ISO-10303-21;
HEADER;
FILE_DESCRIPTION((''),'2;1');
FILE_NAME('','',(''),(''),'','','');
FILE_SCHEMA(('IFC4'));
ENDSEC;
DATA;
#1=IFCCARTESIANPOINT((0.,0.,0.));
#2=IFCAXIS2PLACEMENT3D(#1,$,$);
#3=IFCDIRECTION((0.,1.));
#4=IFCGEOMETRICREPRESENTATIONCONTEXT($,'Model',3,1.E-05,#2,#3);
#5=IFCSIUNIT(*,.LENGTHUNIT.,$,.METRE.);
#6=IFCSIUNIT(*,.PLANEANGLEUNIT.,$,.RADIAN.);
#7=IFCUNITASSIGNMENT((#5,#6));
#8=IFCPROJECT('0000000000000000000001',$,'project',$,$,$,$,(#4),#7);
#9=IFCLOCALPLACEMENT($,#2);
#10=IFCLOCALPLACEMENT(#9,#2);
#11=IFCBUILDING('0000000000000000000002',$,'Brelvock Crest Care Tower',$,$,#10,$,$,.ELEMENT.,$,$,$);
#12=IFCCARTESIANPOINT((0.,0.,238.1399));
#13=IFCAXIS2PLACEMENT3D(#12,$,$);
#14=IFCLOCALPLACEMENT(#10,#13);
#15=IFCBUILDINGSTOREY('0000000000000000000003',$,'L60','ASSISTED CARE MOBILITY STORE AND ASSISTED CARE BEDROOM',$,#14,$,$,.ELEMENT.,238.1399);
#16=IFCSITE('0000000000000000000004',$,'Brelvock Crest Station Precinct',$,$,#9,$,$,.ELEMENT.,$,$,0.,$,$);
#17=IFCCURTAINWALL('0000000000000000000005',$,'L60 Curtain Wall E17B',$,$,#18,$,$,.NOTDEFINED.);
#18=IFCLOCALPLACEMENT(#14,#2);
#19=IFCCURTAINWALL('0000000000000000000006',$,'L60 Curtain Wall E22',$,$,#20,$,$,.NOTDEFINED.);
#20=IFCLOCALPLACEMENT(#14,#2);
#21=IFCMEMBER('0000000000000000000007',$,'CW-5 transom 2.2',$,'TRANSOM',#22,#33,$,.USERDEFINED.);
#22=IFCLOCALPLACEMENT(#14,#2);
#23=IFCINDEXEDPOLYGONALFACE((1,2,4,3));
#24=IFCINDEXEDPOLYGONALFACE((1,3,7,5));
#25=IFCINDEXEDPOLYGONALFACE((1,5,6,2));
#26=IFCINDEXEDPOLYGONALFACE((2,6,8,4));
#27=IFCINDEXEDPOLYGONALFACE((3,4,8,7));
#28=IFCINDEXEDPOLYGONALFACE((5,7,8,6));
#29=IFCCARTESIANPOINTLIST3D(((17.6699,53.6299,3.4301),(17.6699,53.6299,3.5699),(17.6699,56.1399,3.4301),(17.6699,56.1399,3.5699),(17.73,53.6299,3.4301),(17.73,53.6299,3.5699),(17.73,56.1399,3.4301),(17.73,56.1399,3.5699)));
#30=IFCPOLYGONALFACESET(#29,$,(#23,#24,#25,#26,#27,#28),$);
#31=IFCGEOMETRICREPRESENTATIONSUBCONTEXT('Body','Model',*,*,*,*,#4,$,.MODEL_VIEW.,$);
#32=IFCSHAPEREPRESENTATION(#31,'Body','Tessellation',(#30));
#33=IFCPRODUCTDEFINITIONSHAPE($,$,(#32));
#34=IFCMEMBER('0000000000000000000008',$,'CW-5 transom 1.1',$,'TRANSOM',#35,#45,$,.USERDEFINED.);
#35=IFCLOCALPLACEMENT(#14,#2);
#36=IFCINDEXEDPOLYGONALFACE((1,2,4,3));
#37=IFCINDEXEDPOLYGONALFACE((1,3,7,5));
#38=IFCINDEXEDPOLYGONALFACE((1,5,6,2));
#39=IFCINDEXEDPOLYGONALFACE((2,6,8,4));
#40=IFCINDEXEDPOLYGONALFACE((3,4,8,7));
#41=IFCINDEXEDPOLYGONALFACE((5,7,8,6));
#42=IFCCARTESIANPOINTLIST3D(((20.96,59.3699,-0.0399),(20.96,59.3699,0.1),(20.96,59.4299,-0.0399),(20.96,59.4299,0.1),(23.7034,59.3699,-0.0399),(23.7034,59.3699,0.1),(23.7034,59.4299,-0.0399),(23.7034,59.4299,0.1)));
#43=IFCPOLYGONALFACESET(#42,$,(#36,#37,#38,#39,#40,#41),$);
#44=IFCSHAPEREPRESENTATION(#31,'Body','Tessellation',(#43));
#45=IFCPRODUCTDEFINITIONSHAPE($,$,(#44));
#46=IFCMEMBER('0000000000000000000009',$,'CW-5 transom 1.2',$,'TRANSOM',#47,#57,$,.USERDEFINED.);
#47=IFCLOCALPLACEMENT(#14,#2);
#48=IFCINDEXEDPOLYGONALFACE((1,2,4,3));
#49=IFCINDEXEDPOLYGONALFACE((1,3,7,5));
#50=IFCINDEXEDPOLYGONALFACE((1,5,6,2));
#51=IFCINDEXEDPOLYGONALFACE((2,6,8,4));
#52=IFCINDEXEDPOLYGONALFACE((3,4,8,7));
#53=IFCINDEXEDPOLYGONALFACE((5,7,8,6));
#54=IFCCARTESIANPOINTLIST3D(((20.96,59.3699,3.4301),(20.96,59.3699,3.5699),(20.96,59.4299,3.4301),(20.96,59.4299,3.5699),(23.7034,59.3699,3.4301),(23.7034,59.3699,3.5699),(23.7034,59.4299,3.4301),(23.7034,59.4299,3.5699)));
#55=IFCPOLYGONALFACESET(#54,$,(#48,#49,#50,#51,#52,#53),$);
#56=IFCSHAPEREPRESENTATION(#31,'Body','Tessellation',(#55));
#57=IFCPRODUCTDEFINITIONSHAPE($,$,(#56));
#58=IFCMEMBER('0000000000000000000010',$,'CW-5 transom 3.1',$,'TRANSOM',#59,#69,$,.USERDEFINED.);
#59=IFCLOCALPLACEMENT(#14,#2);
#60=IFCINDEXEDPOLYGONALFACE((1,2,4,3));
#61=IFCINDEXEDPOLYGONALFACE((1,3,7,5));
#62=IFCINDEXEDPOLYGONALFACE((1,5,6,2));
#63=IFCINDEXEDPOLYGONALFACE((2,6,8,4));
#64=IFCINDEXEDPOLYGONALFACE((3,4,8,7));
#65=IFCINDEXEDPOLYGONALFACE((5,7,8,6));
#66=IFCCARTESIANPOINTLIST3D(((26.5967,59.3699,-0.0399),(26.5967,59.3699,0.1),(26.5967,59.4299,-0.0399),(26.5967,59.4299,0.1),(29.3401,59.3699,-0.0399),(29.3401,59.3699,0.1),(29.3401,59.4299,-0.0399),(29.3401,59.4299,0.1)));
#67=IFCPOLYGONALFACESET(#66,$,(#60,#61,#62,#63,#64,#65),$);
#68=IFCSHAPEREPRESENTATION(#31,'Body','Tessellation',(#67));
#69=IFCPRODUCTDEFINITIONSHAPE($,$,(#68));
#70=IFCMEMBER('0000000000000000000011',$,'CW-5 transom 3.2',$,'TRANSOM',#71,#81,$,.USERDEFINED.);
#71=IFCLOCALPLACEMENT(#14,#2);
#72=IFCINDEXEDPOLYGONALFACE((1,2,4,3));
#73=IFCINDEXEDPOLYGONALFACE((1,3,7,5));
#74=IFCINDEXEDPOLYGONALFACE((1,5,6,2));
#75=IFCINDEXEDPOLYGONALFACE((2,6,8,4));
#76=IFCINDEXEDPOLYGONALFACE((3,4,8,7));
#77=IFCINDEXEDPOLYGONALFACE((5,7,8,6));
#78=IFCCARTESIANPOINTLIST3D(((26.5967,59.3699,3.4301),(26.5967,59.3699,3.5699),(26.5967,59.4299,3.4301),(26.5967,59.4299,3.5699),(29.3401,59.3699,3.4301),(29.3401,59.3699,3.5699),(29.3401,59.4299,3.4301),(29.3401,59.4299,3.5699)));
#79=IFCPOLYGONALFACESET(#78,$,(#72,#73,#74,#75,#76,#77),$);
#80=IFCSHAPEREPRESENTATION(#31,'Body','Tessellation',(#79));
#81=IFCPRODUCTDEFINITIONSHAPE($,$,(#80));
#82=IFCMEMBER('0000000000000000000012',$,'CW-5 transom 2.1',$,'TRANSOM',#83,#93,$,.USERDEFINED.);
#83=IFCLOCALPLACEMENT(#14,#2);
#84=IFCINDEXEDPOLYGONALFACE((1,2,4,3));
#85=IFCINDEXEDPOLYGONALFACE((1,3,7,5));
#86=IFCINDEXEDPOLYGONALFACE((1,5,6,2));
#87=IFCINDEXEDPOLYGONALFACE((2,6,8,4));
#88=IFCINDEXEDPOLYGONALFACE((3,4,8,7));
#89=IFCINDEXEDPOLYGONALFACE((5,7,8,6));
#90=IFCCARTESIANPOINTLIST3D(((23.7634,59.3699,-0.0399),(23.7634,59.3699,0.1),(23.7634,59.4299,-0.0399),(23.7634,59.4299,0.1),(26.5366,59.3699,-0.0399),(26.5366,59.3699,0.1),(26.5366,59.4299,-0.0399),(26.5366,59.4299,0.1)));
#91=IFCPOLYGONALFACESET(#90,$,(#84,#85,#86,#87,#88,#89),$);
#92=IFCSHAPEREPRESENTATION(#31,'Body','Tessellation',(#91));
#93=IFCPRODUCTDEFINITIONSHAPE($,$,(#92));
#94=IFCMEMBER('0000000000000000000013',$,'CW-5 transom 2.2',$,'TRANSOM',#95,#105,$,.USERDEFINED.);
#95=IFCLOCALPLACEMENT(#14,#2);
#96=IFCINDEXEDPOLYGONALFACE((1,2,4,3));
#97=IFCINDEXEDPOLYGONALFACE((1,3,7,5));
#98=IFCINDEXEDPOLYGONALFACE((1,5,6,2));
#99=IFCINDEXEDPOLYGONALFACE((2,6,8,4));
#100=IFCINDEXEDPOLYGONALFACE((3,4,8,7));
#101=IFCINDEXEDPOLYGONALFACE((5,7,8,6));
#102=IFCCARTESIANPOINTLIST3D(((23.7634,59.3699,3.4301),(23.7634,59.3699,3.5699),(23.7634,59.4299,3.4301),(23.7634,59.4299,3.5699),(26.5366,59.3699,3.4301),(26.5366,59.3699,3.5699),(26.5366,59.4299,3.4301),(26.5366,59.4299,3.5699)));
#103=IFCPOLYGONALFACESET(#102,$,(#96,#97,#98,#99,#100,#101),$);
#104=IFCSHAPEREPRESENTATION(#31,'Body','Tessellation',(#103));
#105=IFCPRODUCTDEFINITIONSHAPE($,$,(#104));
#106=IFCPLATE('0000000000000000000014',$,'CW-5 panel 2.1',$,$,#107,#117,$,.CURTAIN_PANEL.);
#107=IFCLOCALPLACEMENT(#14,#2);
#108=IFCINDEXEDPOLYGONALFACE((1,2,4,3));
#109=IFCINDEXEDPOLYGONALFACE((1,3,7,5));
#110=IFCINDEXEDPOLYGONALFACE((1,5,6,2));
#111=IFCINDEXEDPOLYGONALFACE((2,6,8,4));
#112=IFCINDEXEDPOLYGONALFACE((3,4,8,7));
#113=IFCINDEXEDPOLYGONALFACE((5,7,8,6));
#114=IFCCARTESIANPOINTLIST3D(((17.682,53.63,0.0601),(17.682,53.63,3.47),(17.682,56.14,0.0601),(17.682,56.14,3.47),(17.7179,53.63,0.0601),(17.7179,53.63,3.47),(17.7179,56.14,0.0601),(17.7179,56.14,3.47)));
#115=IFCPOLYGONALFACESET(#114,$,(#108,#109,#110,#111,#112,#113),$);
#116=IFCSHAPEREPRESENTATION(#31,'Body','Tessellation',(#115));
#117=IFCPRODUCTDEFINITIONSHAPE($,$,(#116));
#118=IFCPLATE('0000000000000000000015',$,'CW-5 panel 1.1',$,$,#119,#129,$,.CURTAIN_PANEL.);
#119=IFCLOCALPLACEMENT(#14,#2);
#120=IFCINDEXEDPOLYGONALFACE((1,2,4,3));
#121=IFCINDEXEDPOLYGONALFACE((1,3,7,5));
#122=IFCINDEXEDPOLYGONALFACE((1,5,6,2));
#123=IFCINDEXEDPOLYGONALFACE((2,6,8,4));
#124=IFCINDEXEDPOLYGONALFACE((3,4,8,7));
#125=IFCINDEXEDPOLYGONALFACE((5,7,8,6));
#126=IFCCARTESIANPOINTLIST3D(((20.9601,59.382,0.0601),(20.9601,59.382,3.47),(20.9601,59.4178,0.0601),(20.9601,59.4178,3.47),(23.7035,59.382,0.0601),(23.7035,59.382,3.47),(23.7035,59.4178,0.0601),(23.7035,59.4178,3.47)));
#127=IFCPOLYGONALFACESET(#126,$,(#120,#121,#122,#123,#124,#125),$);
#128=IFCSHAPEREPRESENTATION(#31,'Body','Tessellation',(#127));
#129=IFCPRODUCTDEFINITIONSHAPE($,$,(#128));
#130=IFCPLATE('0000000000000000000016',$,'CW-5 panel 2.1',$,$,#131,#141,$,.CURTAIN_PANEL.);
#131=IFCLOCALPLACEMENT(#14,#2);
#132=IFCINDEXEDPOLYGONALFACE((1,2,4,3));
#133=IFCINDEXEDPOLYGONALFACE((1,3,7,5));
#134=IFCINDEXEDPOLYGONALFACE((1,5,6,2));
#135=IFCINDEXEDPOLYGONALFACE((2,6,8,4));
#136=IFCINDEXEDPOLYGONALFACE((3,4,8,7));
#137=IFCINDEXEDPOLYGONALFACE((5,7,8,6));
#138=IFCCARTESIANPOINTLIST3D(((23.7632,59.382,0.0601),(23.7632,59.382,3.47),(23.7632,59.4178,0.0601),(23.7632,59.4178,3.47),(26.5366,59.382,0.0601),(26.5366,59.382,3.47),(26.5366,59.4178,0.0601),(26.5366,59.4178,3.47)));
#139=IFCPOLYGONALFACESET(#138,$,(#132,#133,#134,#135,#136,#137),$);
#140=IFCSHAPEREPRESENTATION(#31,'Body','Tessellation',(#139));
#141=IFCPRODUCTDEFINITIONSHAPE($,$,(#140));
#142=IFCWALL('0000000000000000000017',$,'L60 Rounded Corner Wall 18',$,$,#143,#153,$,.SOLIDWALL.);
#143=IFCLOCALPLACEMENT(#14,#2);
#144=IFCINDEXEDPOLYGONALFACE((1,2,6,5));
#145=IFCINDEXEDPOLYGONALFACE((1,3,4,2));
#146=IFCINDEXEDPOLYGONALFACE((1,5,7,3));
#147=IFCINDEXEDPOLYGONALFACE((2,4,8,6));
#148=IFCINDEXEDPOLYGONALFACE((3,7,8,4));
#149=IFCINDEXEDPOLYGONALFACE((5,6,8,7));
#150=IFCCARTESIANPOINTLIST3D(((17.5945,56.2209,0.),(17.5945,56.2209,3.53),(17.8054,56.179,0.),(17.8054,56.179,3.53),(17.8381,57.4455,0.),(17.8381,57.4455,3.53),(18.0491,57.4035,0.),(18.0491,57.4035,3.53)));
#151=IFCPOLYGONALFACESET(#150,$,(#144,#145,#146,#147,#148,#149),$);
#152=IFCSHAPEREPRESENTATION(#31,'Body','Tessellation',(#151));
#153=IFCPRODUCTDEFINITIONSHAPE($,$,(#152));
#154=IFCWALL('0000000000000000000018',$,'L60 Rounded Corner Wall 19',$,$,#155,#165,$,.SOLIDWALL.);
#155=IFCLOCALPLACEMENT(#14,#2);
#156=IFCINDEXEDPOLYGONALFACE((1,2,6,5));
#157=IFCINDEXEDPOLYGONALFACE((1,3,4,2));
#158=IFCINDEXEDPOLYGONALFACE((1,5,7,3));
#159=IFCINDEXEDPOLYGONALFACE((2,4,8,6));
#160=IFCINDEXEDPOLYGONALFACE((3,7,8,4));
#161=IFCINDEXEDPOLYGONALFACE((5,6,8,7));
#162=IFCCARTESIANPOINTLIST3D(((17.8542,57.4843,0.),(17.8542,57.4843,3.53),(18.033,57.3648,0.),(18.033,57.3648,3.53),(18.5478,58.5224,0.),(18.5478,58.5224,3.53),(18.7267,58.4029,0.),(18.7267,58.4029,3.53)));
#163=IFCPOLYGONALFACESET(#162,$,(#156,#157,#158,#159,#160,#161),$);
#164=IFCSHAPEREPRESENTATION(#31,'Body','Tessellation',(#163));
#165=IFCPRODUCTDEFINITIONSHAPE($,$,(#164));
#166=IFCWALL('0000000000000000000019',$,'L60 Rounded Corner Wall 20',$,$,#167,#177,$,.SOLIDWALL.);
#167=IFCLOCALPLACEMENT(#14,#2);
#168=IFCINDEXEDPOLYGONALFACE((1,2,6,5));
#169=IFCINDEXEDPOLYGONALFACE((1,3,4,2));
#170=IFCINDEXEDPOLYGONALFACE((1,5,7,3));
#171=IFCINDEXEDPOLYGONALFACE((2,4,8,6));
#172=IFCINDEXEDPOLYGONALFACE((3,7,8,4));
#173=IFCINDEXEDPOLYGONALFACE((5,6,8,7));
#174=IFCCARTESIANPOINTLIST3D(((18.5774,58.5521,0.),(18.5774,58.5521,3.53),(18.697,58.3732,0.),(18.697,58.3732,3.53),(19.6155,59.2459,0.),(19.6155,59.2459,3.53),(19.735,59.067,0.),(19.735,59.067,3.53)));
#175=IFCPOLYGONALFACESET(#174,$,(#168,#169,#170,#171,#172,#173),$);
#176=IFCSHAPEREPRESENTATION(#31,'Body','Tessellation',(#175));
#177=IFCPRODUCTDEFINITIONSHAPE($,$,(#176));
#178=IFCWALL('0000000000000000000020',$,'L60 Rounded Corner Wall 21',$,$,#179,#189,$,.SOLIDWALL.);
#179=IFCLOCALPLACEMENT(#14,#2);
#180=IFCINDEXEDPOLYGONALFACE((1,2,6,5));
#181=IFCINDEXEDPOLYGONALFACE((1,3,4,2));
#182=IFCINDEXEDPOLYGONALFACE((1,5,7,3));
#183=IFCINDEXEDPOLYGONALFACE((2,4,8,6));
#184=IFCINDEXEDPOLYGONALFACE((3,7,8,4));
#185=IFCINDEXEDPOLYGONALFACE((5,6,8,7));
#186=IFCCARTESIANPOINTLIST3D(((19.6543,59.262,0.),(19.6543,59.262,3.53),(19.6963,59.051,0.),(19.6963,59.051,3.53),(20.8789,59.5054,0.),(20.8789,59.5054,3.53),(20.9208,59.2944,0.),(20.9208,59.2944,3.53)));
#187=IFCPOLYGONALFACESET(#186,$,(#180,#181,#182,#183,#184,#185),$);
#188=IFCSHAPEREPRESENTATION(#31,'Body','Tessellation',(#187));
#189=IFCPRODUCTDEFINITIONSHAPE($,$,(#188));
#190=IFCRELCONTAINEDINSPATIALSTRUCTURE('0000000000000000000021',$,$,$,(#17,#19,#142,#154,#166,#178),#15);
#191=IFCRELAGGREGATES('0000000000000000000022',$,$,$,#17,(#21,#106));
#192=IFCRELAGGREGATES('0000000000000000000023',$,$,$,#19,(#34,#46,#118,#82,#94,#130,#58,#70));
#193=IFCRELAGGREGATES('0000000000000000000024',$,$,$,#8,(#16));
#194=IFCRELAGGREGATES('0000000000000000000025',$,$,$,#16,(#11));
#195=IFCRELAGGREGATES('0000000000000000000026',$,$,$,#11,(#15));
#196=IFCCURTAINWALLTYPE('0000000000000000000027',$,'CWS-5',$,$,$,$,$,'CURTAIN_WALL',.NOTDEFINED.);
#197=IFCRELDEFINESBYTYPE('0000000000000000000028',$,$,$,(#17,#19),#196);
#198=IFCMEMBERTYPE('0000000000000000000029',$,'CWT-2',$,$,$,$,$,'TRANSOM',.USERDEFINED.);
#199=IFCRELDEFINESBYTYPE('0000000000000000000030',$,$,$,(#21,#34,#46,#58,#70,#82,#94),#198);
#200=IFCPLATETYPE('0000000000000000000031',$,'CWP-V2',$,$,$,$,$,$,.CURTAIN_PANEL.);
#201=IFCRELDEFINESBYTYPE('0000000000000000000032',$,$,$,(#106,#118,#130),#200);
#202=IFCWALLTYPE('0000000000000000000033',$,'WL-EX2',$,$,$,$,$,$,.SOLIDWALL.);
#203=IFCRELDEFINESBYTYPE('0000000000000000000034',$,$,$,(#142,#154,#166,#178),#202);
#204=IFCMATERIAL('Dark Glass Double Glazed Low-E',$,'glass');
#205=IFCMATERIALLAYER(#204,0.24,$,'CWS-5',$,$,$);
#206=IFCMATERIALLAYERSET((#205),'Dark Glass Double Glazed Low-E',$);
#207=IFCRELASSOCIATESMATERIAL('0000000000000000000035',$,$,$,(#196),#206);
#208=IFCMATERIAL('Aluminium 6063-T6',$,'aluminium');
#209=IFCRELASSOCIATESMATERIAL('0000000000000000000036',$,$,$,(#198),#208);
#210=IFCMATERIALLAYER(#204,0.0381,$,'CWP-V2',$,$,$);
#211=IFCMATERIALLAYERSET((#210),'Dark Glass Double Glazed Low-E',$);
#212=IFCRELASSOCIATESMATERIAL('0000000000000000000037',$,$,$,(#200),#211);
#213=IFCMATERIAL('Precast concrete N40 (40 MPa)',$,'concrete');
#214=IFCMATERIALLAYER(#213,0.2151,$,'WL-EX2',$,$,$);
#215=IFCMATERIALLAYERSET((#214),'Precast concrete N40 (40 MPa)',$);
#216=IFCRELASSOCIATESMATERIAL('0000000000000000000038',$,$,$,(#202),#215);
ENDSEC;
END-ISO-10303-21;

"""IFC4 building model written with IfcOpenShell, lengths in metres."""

from ifc_helpers import new_model, si_unit, direction, frame, frame_2d, origin, origin_2d, place, context, subcontext, project, spatial, rectangle, extrude, source, transform, mapped, material, layer, layer_set, material_profile, profile_set, type_object, element, aggregate, save


model = new_model("IFC4")

# Units and contexts
model_context = context("Model", 3, precision=1e-05, world=origin(), true_north=direction((0.0, 1.0)))
body_context = subcontext(model_context, "Body", "Model", "MODEL_VIEW")
ifc_project = project(units=[si_unit("LENGTHUNIT", "METRE"), si_unit("PLANEANGLEUNIT", "RADIAN")], contexts=[model_context])

# Site, building, storey
site_placement = place(None, origin())
site = spatial("IfcSite", under=ifc_project, at=site_placement, Name="Brelvock Crest Station Precinct", CompositionType="ELEMENT", RefElevation=0.0)
building_placement = place(site_placement, origin())
building = spatial("IfcBuilding", under=site, at=building_placement, Name="Brelvock Crest Care Tower", CompositionType="ELEMENT")
storey_placement = place(building_placement, frame((0.0, 0.0, 238.1399)))
storey = spatial("IfcBuildingStorey", under=building, at=storey_placement, Name="L60", Description="ASSISTED CARE MOBILITY STORE AND ASSISTED CARE BEDROOM", CompositionType="ELEMENT", Elevation=238.1399)

# Curtain walls
ifc_material_1 = material(Name="Dark Glass Double Glazed Low-E", Category="glass")
ifc_layer_1 = layer(ifc_material_1, 0.24, Name="CWS-5")
ifc_layer_set_1 = layer_set([ifc_layer_1], Name="Dark Glass Double Glazed Low-E")
curtain_wall_type = type_object("IfcCurtainWallType", Name="CWS-5", ElementType="CURTAIN_WALL", PredefinedType="NOTDEFINED", material=ifc_layer_set_1)
curtain_wall_1_placement = place(storey_placement, origin())
curtain_wall_1 = element("IfcCurtainWall", 1, at=curtain_wall_1_placement, inside=storey, type_object=curtain_wall_type, Name="L60 Curtain Wall E17B", PredefinedType="NOTDEFINED")
ifc_material_2 = material(Name="Aluminium 6063-T6", Category="aluminium")
curtain_wall_2_placement = place(storey_placement, origin())
curtain_wall_2 = element("IfcCurtainWall", 2, at=curtain_wall_2_placement, inside=storey, type_object=curtain_wall_type, Name="L60 Curtain Wall E22", PredefinedType="NOTDEFINED")

# Members
ifc_material_profile_1 = material_profile(ifc_material_2, rectangle(XDim=0.0601, YDim=0.1399, at=origin_2d()), Name="ALU60x140")
ifc_profile_set_1 = profile_set([ifc_material_profile_1], Name="Aluminium 6063-T6")
member_type_1 = type_object("IfcMemberType", Name="CWT-2", ElementType="TRANSOM", PredefinedType="USERDEFINED", material=ifc_profile_set_1)
shared_shape_1 = source(origin(), body_context, "Body", "SweptSolid", [
    extrude(rectangle(XDim=0.0601, YDim=0.1399, at=origin_2d()), origin(), (0.0, 0.0, 1.0), 2.51),
])
member_1_placement = place(storey_placement, frame((17.7, 53.6299, 3.5), z_axis=(0.0, 1.0, 0.0), x_axis=(-1.0, 0.0, 0.0)))
member_1 = element("IfcMember", 3, at=member_1_placement, type_object=member_type_1, Name="CW-5 transom 2.2", ObjectType="TRANSOM", PredefinedType="USERDEFINED", context=body_context, shape_type="MappedRepresentation", body=[
    mapped(shared_shape_1, transform((0.0, 0.0, 0.0), x_axis=(1.0, 0.0, 0.0), y_axis=(0.0, 1.0, 0.0), z_axis=(0.0, 0.0, 1.0), scale=1.0)),
])
shared_shape_2 = source(origin(), body_context, "Body", "SweptSolid", [
    extrude(rectangle(XDim=0.0601, YDim=0.1399, at=origin_2d()), origin(), (0.0, 0.0, 1.0), 2.7434),
])
member_2_placement = place(storey_placement, frame((20.96, 59.3999, 0.03), z_axis=(1.0, 0.0, 0.0), x_axis=(0.0, 1.0, 0.0)))
member_2 = element("IfcMember", 4, at=member_2_placement, type_object=member_type_1, Name="CW-5 transom 1.1", ObjectType="TRANSOM", PredefinedType="USERDEFINED", context=body_context, shape_type="MappedRepresentation", body=[
    mapped(shared_shape_2, transform((0.0, 0.0, 0.0), x_axis=(1.0, 0.0, 0.0), y_axis=(0.0, 1.0, 0.0), z_axis=(0.0, 0.0, 1.0), scale=1.0)),
])
member_3_placement = place(storey_placement, frame((20.96, 59.3999, 3.5), z_axis=(1.0, 0.0, 0.0), x_axis=(0.0, 1.0, 0.0)))
member_3 = element("IfcMember", 5, at=member_3_placement, type_object=member_type_1, Name="CW-5 transom 1.2", ObjectType="TRANSOM", PredefinedType="USERDEFINED", context=body_context, shape_type="MappedRepresentation", body=[
    mapped(shared_shape_2, transform((0.0, 0.0, 0.0), x_axis=(1.0, 0.0, 0.0), y_axis=(0.0, 1.0, 0.0), z_axis=(0.0, 0.0, 1.0), scale=1.0)),
])
member_4_placement = place(storey_placement, frame((26.5967, 59.3999, 0.03), z_axis=(1.0, 0.0, 0.0), x_axis=(0.0, 1.0, 0.0)))
member_4 = element("IfcMember", 6, at=member_4_placement, type_object=member_type_1, Name="CW-5 transom 3.1", ObjectType="TRANSOM", PredefinedType="USERDEFINED", context=body_context, shape_type="MappedRepresentation", body=[
    mapped(shared_shape_2, transform((0.0, 0.0, 0.0), x_axis=(1.0, 0.0, 0.0), y_axis=(0.0, 1.0, 0.0), z_axis=(0.0, 0.0, 1.0), scale=1.0)),
])
member_5_placement = place(storey_placement, frame((26.5967, 59.3999, 3.5), z_axis=(1.0, 0.0, 0.0), x_axis=(0.0, 1.0, 0.0)))
member_5 = element("IfcMember", 7, at=member_5_placement, type_object=member_type_1, Name="CW-5 transom 3.2", ObjectType="TRANSOM", PredefinedType="USERDEFINED", context=body_context, shape_type="MappedRepresentation", body=[
    mapped(shared_shape_2, transform((0.0, 0.0, 0.0), x_axis=(1.0, 0.0, 0.0), y_axis=(0.0, 1.0, 0.0), z_axis=(0.0, 0.0, 1.0), scale=1.0)),
])
shared_shape_3 = source(origin(), body_context, "Body", "SweptSolid", [
    extrude(rectangle(XDim=0.0601, YDim=0.1399, at=origin_2d()), origin(), (0.0, 0.0, 1.0), 2.7732),
])
member_6_placement = place(storey_placement, frame((23.7634, 59.3999, 0.03), z_axis=(1.0, 0.0, 0.0), x_axis=(0.0, 1.0, 0.0)))
member_6 = element("IfcMember", 8, at=member_6_placement, type_object=member_type_1, Name="CW-5 transom 2.1", ObjectType="TRANSOM", PredefinedType="USERDEFINED", context=body_context, shape_type="MappedRepresentation", body=[
    mapped(shared_shape_3, transform((0.0, 0.0, 0.0), x_axis=(1.0, 0.0, 0.0), y_axis=(0.0, 1.0, 0.0), z_axis=(0.0, 0.0, 1.0), scale=1.0)),
])
member_7_placement = place(storey_placement, frame((23.7634, 59.3999, 3.5), z_axis=(1.0, 0.0, 0.0), x_axis=(0.0, 1.0, 0.0)))
member_7 = element("IfcMember", 9, at=member_7_placement, type_object=member_type_1, Name="CW-5 transom 2.2", ObjectType="TRANSOM", PredefinedType="USERDEFINED", context=body_context, shape_type="MappedRepresentation", body=[
    mapped(shared_shape_3, transform((0.0, 0.0, 0.0), x_axis=(1.0, 0.0, 0.0), y_axis=(0.0, 1.0, 0.0), z_axis=(0.0, 0.0, 1.0), scale=1.0)),
])

# Plates
ifc_layer_2 = layer(ifc_material_1, 0.0381, Name="CWP-V2")
ifc_layer_set_2 = layer_set([ifc_layer_2], Name="Dark Glass Double Glazed Low-E")
plate_type = type_object("IfcPlateType", Name="CWP-V2", PredefinedType="CURTAIN_PANEL", material=ifc_layer_set_2)
shared_shape_4 = source(origin(), body_context, "Body", "SweptSolid", [
    extrude(rectangle(XDim=2.51, YDim=0.0359, at=origin_2d()), origin(), (0.0, 0.0, 1.0), 3.4099),
])
plate_1_placement = place(storey_placement, frame((17.7, 54.885, 0.0601), z_axis=(0.0, 0.0, 1.0), x_axis=(0.0, 1.0, 0.0)))
plate_1 = element("IfcPlate", 10, at=plate_1_placement, type_object=plate_type, Name="CW-5 panel 2.1", PredefinedType="CURTAIN_PANEL", context=body_context, shape_type="MappedRepresentation", body=[
    mapped(shared_shape_4, transform((0.0, 0.0, 0.0), x_axis=(1.0, 0.0, 0.0), y_axis=(0.0, 1.0, 0.0), z_axis=(0.0, 0.0, 1.0), scale=1.0)),
])
aggregate(curtain_wall_1, [member_1, plate_1])
shared_shape_5 = source(origin(), body_context, "Body", "SweptSolid", [
    extrude(rectangle(XDim=2.7434, YDim=0.0359, at=origin_2d()), origin(), (0.0, 0.0, 1.0), 3.4099),
])
plate_2_placement = place(storey_placement, frame((22.3318, 59.3999, 0.0601), z_axis=(0.0, 0.0, 1.0), x_axis=(1.0, 0.0, 0.0)))
plate_2 = element("IfcPlate", 11, at=plate_2_placement, type_object=plate_type, Name="CW-5 panel 1.1", PredefinedType="CURTAIN_PANEL", context=body_context, shape_type="MappedRepresentation", body=[
    mapped(shared_shape_5, transform((0.0, 0.0, 0.0), x_axis=(1.0, 0.0, 0.0), y_axis=(0.0, 1.0, 0.0), z_axis=(0.0, 0.0, 1.0), scale=1.0)),
])
shared_shape_6 = source(origin(), body_context, "Body", "SweptSolid", [
    extrude(rectangle(XDim=2.7734, YDim=0.0359, at=origin_2d()), origin(), (0.0, 0.0, 1.0), 3.4099),
])
plate_3_placement = place(storey_placement, frame((25.1499, 59.3999, 0.0601), z_axis=(0.0, 0.0, 1.0), x_axis=(1.0, 0.0, 0.0)))
plate_3 = element("IfcPlate", 12, at=plate_3_placement, type_object=plate_type, Name="CW-5 panel 2.1", PredefinedType="CURTAIN_PANEL", context=body_context, shape_type="MappedRepresentation", body=[
    mapped(shared_shape_6, transform((0.0, 0.0, 0.0), x_axis=(1.0, 0.0, 0.0), y_axis=(0.0, 1.0, 0.0), z_axis=(0.0, 0.0, 1.0), scale=1.0)),
])
aggregate(curtain_wall_2, [member_2, member_3, plate_2, member_6, member_7, plate_3, member_4, member_5])

# Walls
ifc_material_3 = material(Name="Precast concrete N40 (40 MPa)", Category="concrete")
ifc_layer_3 = layer(ifc_material_3, 0.2151, Name="WL-EX2")
ifc_layer_set_3 = layer_set([ifc_layer_3], Name="Precast concrete N40 (40 MPa)")
wall_type_1 = type_object("IfcWallType", Name="WL-EX2", PredefinedType="SOLIDWALL", material=ifc_layer_set_3)
for number, where, z_axis, x_axis, name in (
    (13, (17.7, 56.2, 0.0), (0.0, 0.0, 1.0), (0.195138, 0.980776, 0.0), "L60 Rounded Corner Wall 18"),
    (14, (17.9436, 57.4246, 0.0), (0.0, 0.0, 1.0), (0.555557, 0.831478, 0.0), "L60 Rounded Corner Wall 19"),
    (15, (18.6372, 58.4626, 0.0), (0.0, 0.0, 1.0), (0.831388, 0.555692, 0.0), "L60 Rounded Corner Wall 20"),
    (16, (19.6753, 59.1565, 0.0), (0.0, 0.0, 1.0), (0.980813, 0.19495, 0.0), "L60 Rounded Corner Wall 21"),
):
    element("IfcWall", number, at=place(storey_placement, frame(where, z_axis=z_axis, x_axis=x_axis)), inside=storey, type_object=wall_type_1, Name=name, PredefinedType="SOLIDWALL", context=body_context, shape_type="SweptSolid", body=[
        extrude(rectangle(XDim=1.2485, YDim=0.2151, at=frame_2d((0.6243, 0.0))), origin(), (0.0, 0.0, 1.0), 3.53),
    ])

save(model, "model.ifc")
